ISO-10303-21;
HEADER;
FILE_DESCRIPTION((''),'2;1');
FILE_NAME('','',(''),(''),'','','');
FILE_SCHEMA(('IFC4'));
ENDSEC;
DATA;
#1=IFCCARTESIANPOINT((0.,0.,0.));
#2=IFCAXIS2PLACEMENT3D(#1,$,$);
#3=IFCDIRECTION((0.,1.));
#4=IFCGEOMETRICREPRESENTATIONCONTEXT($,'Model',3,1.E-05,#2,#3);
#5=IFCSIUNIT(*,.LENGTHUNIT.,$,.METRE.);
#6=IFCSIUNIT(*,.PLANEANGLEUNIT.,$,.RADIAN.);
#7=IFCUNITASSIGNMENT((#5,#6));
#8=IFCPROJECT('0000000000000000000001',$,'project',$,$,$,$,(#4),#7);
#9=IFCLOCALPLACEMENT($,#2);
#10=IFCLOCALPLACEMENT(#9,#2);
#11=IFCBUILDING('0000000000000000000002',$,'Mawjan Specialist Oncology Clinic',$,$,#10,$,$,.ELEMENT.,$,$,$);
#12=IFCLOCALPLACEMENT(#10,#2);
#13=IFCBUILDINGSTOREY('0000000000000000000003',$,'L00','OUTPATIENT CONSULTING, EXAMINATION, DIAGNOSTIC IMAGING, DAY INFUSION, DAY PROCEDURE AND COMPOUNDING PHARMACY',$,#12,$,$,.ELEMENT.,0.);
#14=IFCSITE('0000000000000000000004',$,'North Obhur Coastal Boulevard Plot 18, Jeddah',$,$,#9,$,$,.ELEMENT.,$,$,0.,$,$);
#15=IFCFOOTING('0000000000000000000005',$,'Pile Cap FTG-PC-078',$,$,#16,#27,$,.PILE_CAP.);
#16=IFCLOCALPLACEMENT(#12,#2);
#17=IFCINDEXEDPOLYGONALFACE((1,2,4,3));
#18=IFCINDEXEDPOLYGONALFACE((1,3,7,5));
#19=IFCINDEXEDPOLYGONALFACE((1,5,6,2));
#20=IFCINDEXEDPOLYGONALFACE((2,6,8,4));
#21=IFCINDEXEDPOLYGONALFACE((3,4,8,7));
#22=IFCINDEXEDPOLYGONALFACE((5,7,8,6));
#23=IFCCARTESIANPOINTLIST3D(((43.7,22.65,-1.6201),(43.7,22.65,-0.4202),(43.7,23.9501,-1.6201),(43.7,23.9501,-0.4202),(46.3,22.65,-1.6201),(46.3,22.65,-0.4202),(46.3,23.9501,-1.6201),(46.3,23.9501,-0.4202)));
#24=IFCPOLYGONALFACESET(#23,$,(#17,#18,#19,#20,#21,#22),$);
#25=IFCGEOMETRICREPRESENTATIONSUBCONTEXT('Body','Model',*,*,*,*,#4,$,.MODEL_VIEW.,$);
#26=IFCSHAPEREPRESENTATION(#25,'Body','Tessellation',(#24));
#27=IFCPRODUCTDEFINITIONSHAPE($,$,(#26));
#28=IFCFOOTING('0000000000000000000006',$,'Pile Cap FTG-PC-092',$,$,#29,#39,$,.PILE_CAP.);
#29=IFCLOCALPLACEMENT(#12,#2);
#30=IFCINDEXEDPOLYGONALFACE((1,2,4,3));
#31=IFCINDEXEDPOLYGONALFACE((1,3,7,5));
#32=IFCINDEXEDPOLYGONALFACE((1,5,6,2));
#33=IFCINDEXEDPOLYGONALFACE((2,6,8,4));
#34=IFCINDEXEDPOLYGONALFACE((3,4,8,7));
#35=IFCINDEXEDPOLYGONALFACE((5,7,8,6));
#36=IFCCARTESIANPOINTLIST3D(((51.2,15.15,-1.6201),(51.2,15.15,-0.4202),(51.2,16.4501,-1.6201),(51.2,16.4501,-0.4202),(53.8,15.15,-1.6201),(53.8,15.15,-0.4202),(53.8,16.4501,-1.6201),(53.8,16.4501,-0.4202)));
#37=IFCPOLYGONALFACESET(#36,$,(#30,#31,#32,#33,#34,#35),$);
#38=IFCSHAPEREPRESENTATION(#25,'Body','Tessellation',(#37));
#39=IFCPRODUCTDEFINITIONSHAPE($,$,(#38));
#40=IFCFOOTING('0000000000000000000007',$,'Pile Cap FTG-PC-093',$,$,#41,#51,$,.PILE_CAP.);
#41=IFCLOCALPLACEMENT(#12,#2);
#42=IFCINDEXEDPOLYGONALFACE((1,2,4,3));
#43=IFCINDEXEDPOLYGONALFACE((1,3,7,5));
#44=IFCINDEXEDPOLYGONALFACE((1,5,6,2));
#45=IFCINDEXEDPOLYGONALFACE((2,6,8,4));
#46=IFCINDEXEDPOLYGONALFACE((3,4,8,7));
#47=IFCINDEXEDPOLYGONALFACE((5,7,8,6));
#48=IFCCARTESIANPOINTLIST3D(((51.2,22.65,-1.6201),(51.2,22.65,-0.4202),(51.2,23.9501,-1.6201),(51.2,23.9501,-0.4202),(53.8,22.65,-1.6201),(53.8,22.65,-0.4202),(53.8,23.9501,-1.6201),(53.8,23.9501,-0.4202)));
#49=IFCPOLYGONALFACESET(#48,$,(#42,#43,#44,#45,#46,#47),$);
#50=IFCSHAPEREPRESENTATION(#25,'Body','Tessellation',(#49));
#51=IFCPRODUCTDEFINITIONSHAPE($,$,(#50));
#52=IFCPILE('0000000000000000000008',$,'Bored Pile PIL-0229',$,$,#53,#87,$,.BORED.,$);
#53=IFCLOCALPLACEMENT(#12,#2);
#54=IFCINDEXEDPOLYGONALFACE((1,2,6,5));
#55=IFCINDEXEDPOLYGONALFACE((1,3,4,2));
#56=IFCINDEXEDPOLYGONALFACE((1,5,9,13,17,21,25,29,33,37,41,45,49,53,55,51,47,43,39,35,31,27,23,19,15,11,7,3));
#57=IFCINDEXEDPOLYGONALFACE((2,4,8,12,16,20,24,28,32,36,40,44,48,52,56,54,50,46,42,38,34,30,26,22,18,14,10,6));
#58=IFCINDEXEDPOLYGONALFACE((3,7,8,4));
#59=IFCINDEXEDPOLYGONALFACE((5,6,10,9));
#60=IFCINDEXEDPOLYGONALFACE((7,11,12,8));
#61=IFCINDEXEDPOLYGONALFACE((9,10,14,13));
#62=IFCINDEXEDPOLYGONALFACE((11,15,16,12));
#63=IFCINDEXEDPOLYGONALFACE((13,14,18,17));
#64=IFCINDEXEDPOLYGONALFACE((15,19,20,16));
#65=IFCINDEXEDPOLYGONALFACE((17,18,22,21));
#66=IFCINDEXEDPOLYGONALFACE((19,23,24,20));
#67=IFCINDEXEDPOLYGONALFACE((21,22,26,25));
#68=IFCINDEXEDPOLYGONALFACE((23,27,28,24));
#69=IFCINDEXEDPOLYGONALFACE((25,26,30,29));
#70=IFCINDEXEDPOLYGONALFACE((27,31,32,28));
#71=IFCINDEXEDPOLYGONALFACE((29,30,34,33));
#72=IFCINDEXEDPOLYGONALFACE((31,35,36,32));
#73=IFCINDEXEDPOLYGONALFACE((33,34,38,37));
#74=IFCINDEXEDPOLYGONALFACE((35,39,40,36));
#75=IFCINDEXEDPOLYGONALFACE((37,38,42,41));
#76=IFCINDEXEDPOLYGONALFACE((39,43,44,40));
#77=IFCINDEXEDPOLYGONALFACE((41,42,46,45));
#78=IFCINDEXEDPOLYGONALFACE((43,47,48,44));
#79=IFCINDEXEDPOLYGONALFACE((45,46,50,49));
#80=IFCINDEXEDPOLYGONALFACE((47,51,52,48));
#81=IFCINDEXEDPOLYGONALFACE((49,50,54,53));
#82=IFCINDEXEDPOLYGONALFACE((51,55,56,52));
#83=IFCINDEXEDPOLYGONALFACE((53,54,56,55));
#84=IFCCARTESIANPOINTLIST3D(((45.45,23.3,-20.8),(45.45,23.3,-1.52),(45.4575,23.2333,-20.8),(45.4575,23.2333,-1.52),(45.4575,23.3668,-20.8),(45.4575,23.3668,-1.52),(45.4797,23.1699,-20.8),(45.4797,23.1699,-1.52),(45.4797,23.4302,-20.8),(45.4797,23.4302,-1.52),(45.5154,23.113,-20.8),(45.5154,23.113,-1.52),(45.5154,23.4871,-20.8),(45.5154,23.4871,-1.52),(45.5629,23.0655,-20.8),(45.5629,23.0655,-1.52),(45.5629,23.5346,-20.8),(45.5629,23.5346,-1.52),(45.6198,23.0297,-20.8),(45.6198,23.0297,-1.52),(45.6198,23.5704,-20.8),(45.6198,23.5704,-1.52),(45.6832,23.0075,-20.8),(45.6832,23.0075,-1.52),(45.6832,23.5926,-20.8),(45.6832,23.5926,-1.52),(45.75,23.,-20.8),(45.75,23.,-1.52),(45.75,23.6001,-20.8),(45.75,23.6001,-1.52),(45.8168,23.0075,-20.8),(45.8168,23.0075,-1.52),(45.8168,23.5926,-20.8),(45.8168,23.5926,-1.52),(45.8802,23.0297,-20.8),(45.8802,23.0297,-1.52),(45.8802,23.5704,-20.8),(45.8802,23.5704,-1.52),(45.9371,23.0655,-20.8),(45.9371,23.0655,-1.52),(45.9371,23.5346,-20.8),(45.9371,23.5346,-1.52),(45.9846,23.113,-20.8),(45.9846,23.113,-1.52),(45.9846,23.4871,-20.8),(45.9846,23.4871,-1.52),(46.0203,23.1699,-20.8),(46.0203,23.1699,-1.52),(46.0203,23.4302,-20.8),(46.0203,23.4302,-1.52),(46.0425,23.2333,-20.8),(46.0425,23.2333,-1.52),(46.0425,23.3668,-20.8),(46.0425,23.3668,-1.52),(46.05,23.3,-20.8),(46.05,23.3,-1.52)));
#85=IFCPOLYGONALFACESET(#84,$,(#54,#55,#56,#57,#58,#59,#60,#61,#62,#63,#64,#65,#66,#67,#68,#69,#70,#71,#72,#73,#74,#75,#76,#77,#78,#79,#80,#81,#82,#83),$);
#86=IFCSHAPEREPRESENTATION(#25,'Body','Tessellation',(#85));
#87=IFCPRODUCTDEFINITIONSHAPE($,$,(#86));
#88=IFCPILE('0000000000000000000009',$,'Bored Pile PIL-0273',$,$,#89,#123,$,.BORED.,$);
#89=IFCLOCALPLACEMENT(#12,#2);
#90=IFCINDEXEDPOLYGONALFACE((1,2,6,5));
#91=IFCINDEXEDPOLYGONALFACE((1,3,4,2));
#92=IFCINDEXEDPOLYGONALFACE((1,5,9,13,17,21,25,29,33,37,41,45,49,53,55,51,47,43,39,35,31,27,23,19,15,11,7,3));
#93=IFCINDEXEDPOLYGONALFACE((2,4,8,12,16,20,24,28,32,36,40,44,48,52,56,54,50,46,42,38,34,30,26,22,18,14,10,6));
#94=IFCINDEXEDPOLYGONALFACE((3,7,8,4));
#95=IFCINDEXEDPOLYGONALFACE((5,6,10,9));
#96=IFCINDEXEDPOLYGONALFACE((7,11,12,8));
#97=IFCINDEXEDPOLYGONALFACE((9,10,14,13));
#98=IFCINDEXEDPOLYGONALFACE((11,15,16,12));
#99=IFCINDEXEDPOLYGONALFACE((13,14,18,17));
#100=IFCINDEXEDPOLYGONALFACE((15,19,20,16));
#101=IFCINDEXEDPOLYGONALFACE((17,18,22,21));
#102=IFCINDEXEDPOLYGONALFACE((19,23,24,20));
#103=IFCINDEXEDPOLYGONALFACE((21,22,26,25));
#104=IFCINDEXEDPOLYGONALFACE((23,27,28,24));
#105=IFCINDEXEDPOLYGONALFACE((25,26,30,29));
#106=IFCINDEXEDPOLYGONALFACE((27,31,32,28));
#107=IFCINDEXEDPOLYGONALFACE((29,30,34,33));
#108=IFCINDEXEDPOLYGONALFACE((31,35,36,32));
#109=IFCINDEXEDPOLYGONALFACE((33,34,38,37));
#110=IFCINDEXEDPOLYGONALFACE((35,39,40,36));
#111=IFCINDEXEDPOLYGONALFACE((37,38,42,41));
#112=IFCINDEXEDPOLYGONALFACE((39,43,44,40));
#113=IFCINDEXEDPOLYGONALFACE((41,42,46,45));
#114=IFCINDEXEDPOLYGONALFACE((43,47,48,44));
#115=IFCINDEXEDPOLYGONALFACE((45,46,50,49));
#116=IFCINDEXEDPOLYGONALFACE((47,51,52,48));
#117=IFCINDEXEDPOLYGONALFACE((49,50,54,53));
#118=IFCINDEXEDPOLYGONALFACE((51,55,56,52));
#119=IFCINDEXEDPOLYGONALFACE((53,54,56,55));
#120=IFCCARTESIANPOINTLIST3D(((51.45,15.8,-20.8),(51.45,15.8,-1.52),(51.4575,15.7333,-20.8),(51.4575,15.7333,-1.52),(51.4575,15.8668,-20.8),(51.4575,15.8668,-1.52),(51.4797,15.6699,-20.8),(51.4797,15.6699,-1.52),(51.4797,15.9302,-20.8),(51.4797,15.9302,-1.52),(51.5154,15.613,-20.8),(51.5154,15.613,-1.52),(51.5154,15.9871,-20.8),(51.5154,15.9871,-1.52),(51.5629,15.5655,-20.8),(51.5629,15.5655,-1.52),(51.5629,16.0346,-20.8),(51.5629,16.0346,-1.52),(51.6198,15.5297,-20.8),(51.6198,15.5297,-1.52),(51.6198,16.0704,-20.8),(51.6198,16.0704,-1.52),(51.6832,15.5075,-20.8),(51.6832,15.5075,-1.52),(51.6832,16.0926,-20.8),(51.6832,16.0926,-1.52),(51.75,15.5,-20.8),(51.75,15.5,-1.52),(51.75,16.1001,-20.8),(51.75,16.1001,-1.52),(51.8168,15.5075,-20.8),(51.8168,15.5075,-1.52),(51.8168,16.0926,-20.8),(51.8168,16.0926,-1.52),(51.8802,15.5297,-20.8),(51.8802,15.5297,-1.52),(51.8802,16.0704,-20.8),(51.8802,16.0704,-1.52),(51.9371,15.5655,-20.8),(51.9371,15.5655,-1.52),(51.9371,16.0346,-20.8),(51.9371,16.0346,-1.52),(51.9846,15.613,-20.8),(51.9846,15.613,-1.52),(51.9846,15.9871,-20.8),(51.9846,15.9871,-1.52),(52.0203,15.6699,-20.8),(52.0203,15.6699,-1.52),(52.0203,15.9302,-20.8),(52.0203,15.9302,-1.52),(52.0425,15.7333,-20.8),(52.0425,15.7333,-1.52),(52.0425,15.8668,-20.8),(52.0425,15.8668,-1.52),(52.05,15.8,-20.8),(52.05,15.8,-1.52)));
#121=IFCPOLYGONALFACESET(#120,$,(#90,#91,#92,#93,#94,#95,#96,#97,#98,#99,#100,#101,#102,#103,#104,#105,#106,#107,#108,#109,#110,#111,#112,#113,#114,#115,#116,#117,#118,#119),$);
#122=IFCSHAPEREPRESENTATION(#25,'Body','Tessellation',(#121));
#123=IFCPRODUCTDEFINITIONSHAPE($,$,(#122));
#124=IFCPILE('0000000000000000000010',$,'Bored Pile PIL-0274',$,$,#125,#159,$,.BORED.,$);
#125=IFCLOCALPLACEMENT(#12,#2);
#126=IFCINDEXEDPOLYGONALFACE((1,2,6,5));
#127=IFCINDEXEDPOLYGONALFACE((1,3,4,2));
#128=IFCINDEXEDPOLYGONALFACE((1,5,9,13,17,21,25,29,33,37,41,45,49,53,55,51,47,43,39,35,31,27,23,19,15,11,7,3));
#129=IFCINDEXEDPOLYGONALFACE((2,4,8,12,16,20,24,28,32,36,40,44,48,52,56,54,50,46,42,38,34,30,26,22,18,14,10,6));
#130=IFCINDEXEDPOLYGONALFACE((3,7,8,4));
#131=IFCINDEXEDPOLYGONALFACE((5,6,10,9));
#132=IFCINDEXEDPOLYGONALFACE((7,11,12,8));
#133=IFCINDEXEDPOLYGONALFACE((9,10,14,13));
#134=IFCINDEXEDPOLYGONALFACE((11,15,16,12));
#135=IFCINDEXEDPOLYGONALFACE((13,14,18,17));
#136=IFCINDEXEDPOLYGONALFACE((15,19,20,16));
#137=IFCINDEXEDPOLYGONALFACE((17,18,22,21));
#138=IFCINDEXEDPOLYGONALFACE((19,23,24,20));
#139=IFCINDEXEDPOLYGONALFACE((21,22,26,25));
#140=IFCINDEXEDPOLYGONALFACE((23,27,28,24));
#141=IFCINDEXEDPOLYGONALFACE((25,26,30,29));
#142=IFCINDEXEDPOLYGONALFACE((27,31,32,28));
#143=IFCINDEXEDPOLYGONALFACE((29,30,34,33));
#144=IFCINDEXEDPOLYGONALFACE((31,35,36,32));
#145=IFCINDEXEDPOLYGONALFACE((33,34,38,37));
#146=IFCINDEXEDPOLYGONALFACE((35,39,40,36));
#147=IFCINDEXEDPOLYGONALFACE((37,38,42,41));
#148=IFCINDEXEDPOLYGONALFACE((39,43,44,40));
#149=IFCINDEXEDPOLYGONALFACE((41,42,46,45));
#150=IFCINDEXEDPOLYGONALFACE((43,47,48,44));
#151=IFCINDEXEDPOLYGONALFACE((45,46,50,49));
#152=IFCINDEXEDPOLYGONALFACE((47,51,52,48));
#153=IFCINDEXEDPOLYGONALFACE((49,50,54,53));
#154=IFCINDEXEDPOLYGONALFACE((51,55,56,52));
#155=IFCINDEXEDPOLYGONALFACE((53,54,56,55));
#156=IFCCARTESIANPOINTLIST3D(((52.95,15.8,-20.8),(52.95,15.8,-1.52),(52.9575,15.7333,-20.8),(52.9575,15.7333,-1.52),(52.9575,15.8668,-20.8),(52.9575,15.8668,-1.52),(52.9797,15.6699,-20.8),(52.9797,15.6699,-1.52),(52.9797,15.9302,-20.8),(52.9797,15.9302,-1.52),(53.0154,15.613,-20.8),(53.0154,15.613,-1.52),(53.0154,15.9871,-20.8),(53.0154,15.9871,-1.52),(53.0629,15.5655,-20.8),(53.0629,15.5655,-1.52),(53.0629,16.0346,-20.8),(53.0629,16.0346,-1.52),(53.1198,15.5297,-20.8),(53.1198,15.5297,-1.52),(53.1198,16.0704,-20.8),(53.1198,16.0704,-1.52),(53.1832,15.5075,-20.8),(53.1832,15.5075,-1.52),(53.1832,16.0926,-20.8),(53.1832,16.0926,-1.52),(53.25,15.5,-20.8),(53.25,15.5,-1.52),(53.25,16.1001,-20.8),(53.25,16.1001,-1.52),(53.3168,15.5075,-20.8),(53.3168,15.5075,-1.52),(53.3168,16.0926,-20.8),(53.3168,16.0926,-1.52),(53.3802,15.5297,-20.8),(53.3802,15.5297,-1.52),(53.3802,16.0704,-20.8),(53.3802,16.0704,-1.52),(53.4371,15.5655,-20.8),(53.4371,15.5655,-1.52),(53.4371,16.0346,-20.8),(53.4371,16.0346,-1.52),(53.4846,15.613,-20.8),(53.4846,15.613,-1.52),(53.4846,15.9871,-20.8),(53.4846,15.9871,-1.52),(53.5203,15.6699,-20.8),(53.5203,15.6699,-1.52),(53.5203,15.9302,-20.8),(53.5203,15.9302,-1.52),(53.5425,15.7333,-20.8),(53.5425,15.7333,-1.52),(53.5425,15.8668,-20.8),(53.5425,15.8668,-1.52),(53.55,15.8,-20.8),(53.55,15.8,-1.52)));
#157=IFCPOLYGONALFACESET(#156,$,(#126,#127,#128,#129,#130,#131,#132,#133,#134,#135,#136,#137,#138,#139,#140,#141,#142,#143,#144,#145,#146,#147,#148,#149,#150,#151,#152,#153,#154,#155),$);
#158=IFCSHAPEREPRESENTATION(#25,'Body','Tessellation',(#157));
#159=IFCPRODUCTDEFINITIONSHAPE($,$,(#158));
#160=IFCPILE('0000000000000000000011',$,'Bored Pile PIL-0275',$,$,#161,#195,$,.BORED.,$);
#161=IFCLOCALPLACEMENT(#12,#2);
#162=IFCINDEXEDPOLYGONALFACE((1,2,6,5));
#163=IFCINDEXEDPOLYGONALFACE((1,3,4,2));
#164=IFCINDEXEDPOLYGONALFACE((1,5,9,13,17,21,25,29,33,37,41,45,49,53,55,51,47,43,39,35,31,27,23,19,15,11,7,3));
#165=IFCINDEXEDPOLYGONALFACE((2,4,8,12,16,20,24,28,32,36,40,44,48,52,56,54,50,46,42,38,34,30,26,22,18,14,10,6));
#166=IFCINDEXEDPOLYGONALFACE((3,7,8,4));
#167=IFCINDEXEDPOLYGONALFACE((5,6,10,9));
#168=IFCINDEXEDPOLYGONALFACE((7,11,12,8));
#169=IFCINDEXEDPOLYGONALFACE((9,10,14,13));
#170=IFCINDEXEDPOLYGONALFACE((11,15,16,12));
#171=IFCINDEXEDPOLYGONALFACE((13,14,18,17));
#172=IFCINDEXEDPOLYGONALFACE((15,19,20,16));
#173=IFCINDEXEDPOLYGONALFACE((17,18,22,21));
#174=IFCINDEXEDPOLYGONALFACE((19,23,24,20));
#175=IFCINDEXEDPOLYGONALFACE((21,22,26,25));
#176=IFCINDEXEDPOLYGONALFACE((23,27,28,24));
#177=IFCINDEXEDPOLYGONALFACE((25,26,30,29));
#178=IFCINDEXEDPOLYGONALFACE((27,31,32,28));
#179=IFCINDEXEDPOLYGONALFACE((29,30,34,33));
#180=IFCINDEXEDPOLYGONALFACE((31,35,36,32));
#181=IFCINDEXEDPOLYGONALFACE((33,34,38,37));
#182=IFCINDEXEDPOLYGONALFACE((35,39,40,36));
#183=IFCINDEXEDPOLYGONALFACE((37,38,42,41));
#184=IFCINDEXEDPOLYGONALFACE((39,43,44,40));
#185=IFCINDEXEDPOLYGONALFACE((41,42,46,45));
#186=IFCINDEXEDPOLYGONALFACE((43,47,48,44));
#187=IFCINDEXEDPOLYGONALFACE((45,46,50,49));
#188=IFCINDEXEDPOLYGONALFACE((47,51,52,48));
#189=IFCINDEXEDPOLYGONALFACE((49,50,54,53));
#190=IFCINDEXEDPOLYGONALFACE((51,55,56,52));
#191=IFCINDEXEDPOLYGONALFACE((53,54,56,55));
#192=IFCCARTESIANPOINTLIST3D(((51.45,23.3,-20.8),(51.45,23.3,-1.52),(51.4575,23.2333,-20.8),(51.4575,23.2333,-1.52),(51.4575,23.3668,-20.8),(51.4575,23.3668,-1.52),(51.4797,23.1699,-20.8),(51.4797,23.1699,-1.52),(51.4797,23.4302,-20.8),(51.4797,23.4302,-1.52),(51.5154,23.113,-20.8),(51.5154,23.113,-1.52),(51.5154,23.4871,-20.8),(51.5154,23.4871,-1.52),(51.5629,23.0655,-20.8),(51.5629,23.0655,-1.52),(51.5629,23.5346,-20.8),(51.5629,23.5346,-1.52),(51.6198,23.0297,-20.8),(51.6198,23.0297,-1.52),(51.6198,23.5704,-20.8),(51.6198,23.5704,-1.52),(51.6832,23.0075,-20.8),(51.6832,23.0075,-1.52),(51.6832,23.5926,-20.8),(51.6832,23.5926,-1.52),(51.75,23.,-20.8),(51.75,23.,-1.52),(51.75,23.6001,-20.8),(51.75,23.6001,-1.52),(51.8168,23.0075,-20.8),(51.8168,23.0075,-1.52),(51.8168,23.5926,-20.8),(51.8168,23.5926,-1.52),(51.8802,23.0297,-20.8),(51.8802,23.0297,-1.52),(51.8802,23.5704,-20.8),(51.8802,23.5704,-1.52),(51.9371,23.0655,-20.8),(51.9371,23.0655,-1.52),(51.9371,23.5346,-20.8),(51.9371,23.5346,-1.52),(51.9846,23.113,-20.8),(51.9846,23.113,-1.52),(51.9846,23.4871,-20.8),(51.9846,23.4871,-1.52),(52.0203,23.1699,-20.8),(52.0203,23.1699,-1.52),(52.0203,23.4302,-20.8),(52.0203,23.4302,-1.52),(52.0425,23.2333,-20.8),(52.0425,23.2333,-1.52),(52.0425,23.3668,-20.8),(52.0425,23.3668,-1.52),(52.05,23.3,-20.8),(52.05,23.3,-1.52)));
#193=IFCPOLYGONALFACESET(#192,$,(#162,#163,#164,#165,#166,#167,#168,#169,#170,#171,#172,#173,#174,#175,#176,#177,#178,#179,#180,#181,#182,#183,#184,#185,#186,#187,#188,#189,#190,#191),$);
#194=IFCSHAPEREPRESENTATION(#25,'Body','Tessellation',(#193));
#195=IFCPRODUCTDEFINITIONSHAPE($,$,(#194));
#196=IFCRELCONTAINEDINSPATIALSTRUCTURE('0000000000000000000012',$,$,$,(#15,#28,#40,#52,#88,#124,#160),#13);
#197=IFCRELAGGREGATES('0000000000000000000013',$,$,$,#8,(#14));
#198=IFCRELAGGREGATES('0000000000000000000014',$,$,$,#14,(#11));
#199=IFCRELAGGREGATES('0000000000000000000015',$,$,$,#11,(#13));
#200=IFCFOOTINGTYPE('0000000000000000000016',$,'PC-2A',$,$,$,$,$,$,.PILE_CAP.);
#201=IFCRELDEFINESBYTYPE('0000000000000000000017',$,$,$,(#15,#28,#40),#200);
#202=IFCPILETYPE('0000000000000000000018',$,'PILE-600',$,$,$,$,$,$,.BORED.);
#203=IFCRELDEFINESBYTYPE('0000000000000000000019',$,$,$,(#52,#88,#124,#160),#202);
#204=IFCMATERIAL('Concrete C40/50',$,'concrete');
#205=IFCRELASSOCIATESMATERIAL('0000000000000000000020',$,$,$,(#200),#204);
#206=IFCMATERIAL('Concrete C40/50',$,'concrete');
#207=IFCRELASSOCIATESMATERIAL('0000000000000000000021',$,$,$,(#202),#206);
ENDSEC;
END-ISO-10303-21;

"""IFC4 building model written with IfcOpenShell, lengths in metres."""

from ifc_helpers import new_model, si_unit, direction, frame, origin, origin_2d, place, context, subcontext, project, spatial, rectangle, circle, extrude, material, material_profile, profile_set, type_object, element, save


model = new_model("IFC4")

# Units and contexts
model_context = context("Model", 3, precision=1e-05, world=origin(), true_north=direction((0.0, 1.0)))
body_context = subcontext(model_context, "Body", "Model", "MODEL_VIEW")
ifc_project = project(units=[si_unit("LENGTHUNIT", "METRE"), si_unit("PLANEANGLEUNIT", "RADIAN")], contexts=[model_context])

# Site, building, storey
site_placement = place(None, origin())
site = spatial("IfcSite", under=ifc_project, at=site_placement, Name="North Obhur Coastal Boulevard Plot 18, Jeddah", CompositionType="ELEMENT", RefElevation=0.0)
building_placement = place(site_placement, origin())
building = spatial("IfcBuilding", under=site, at=building_placement, Name="Mawjan Specialist Oncology Clinic", CompositionType="ELEMENT")
storey_placement = place(building_placement, origin())
storey = spatial("IfcBuildingStorey", under=building, at=storey_placement, Name="L00", Description="OUTPATIENT CONSULTING, EXAMINATION, DIAGNOSTIC IMAGING, DAY INFUSION, DAY PROCEDURE AND COMPOUNDING PHARMACY", CompositionType="ELEMENT", Elevation=0.0)

# Footings
ifc_material_1 = material(Name="Concrete C40/50", Category="concrete")
footing_type_1 = type_object("IfcFootingType", Name="PC-2A", PredefinedType="PILE_CAP", material=ifc_material_1)
for number, where, z_axis, x_axis, name in (
    (1, (45.0, 23.3, -1.6201), (0.0, 0.0, 1.0), (1.0, 0.0, 0.0), "Pile Cap FTG-PC-078"),
    (2, (52.5, 15.8, -1.6201), (0.0, 0.0, 1.0), (1.0, 0.0, 0.0), "Pile Cap FTG-PC-092"),
    (3, (52.5, 23.3, -1.6201), (0.0, 0.0, 1.0), (1.0, 0.0, 0.0), "Pile Cap FTG-PC-093"),
):
    element("IfcFooting", number, at=place(storey_placement, frame(where, z_axis=z_axis, x_axis=x_axis)), inside=storey, type_object=footing_type_1, Name=name, PredefinedType="PILE_CAP", context=body_context, shape_type="SweptSolid", body=[
        extrude(rectangle(XDim=2.6001, YDim=1.3, at=origin_2d()), origin(), (0.0, 0.0, 1.0), 1.2),
    ])

# Piles
ifc_material_2 = material(Name="Concrete C40/50", Category="concrete")
ifc_material_profile_1 = material_profile(ifc_material_2, circle(Radius=0.3, at=origin_2d()), Name="BORED PILE D600", Category="concrete")
ifc_profile_set_1 = profile_set([ifc_material_profile_1], Name="Concrete C40/50")
pile_type = type_object("IfcPileType", Name="PILE-600", PredefinedType="BORED", material=ifc_profile_set_1)
for number, where, z_axis, x_axis, name in (
    (4, (45.75, 23.3, -1.52), (0.0, 0.0, -1.0), (1.0, 0.0, 0.0), "Bored Pile PIL-0229"),
    (5, (51.75, 15.8, -1.52), (0.0, 0.0, -1.0), (1.0, 0.0, 0.0), "Bored Pile PIL-0273"),
    (6, (53.25, 15.8, -1.52), (0.0, 0.0, -1.0), (1.0, 0.0, 0.0), "Bored Pile PIL-0274"),
    (7, (51.75, 23.3, -1.52), (0.0, 0.0, -1.0), (1.0, 0.0, 0.0), "Bored Pile PIL-0275"),
):
    element("IfcPile", number, at=place(storey_placement, frame(where, z_axis=z_axis, x_axis=x_axis)), inside=storey, type_object=pile_type, Name=name, PredefinedType="BORED", context=body_context, shape_type="SweptSolid", body=[
        extrude(circle(Radius=0.3, at=origin_2d()), origin(), (0.0, 0.0, 1.0), 19.28),
    ])

save(model, "model.ifc")
